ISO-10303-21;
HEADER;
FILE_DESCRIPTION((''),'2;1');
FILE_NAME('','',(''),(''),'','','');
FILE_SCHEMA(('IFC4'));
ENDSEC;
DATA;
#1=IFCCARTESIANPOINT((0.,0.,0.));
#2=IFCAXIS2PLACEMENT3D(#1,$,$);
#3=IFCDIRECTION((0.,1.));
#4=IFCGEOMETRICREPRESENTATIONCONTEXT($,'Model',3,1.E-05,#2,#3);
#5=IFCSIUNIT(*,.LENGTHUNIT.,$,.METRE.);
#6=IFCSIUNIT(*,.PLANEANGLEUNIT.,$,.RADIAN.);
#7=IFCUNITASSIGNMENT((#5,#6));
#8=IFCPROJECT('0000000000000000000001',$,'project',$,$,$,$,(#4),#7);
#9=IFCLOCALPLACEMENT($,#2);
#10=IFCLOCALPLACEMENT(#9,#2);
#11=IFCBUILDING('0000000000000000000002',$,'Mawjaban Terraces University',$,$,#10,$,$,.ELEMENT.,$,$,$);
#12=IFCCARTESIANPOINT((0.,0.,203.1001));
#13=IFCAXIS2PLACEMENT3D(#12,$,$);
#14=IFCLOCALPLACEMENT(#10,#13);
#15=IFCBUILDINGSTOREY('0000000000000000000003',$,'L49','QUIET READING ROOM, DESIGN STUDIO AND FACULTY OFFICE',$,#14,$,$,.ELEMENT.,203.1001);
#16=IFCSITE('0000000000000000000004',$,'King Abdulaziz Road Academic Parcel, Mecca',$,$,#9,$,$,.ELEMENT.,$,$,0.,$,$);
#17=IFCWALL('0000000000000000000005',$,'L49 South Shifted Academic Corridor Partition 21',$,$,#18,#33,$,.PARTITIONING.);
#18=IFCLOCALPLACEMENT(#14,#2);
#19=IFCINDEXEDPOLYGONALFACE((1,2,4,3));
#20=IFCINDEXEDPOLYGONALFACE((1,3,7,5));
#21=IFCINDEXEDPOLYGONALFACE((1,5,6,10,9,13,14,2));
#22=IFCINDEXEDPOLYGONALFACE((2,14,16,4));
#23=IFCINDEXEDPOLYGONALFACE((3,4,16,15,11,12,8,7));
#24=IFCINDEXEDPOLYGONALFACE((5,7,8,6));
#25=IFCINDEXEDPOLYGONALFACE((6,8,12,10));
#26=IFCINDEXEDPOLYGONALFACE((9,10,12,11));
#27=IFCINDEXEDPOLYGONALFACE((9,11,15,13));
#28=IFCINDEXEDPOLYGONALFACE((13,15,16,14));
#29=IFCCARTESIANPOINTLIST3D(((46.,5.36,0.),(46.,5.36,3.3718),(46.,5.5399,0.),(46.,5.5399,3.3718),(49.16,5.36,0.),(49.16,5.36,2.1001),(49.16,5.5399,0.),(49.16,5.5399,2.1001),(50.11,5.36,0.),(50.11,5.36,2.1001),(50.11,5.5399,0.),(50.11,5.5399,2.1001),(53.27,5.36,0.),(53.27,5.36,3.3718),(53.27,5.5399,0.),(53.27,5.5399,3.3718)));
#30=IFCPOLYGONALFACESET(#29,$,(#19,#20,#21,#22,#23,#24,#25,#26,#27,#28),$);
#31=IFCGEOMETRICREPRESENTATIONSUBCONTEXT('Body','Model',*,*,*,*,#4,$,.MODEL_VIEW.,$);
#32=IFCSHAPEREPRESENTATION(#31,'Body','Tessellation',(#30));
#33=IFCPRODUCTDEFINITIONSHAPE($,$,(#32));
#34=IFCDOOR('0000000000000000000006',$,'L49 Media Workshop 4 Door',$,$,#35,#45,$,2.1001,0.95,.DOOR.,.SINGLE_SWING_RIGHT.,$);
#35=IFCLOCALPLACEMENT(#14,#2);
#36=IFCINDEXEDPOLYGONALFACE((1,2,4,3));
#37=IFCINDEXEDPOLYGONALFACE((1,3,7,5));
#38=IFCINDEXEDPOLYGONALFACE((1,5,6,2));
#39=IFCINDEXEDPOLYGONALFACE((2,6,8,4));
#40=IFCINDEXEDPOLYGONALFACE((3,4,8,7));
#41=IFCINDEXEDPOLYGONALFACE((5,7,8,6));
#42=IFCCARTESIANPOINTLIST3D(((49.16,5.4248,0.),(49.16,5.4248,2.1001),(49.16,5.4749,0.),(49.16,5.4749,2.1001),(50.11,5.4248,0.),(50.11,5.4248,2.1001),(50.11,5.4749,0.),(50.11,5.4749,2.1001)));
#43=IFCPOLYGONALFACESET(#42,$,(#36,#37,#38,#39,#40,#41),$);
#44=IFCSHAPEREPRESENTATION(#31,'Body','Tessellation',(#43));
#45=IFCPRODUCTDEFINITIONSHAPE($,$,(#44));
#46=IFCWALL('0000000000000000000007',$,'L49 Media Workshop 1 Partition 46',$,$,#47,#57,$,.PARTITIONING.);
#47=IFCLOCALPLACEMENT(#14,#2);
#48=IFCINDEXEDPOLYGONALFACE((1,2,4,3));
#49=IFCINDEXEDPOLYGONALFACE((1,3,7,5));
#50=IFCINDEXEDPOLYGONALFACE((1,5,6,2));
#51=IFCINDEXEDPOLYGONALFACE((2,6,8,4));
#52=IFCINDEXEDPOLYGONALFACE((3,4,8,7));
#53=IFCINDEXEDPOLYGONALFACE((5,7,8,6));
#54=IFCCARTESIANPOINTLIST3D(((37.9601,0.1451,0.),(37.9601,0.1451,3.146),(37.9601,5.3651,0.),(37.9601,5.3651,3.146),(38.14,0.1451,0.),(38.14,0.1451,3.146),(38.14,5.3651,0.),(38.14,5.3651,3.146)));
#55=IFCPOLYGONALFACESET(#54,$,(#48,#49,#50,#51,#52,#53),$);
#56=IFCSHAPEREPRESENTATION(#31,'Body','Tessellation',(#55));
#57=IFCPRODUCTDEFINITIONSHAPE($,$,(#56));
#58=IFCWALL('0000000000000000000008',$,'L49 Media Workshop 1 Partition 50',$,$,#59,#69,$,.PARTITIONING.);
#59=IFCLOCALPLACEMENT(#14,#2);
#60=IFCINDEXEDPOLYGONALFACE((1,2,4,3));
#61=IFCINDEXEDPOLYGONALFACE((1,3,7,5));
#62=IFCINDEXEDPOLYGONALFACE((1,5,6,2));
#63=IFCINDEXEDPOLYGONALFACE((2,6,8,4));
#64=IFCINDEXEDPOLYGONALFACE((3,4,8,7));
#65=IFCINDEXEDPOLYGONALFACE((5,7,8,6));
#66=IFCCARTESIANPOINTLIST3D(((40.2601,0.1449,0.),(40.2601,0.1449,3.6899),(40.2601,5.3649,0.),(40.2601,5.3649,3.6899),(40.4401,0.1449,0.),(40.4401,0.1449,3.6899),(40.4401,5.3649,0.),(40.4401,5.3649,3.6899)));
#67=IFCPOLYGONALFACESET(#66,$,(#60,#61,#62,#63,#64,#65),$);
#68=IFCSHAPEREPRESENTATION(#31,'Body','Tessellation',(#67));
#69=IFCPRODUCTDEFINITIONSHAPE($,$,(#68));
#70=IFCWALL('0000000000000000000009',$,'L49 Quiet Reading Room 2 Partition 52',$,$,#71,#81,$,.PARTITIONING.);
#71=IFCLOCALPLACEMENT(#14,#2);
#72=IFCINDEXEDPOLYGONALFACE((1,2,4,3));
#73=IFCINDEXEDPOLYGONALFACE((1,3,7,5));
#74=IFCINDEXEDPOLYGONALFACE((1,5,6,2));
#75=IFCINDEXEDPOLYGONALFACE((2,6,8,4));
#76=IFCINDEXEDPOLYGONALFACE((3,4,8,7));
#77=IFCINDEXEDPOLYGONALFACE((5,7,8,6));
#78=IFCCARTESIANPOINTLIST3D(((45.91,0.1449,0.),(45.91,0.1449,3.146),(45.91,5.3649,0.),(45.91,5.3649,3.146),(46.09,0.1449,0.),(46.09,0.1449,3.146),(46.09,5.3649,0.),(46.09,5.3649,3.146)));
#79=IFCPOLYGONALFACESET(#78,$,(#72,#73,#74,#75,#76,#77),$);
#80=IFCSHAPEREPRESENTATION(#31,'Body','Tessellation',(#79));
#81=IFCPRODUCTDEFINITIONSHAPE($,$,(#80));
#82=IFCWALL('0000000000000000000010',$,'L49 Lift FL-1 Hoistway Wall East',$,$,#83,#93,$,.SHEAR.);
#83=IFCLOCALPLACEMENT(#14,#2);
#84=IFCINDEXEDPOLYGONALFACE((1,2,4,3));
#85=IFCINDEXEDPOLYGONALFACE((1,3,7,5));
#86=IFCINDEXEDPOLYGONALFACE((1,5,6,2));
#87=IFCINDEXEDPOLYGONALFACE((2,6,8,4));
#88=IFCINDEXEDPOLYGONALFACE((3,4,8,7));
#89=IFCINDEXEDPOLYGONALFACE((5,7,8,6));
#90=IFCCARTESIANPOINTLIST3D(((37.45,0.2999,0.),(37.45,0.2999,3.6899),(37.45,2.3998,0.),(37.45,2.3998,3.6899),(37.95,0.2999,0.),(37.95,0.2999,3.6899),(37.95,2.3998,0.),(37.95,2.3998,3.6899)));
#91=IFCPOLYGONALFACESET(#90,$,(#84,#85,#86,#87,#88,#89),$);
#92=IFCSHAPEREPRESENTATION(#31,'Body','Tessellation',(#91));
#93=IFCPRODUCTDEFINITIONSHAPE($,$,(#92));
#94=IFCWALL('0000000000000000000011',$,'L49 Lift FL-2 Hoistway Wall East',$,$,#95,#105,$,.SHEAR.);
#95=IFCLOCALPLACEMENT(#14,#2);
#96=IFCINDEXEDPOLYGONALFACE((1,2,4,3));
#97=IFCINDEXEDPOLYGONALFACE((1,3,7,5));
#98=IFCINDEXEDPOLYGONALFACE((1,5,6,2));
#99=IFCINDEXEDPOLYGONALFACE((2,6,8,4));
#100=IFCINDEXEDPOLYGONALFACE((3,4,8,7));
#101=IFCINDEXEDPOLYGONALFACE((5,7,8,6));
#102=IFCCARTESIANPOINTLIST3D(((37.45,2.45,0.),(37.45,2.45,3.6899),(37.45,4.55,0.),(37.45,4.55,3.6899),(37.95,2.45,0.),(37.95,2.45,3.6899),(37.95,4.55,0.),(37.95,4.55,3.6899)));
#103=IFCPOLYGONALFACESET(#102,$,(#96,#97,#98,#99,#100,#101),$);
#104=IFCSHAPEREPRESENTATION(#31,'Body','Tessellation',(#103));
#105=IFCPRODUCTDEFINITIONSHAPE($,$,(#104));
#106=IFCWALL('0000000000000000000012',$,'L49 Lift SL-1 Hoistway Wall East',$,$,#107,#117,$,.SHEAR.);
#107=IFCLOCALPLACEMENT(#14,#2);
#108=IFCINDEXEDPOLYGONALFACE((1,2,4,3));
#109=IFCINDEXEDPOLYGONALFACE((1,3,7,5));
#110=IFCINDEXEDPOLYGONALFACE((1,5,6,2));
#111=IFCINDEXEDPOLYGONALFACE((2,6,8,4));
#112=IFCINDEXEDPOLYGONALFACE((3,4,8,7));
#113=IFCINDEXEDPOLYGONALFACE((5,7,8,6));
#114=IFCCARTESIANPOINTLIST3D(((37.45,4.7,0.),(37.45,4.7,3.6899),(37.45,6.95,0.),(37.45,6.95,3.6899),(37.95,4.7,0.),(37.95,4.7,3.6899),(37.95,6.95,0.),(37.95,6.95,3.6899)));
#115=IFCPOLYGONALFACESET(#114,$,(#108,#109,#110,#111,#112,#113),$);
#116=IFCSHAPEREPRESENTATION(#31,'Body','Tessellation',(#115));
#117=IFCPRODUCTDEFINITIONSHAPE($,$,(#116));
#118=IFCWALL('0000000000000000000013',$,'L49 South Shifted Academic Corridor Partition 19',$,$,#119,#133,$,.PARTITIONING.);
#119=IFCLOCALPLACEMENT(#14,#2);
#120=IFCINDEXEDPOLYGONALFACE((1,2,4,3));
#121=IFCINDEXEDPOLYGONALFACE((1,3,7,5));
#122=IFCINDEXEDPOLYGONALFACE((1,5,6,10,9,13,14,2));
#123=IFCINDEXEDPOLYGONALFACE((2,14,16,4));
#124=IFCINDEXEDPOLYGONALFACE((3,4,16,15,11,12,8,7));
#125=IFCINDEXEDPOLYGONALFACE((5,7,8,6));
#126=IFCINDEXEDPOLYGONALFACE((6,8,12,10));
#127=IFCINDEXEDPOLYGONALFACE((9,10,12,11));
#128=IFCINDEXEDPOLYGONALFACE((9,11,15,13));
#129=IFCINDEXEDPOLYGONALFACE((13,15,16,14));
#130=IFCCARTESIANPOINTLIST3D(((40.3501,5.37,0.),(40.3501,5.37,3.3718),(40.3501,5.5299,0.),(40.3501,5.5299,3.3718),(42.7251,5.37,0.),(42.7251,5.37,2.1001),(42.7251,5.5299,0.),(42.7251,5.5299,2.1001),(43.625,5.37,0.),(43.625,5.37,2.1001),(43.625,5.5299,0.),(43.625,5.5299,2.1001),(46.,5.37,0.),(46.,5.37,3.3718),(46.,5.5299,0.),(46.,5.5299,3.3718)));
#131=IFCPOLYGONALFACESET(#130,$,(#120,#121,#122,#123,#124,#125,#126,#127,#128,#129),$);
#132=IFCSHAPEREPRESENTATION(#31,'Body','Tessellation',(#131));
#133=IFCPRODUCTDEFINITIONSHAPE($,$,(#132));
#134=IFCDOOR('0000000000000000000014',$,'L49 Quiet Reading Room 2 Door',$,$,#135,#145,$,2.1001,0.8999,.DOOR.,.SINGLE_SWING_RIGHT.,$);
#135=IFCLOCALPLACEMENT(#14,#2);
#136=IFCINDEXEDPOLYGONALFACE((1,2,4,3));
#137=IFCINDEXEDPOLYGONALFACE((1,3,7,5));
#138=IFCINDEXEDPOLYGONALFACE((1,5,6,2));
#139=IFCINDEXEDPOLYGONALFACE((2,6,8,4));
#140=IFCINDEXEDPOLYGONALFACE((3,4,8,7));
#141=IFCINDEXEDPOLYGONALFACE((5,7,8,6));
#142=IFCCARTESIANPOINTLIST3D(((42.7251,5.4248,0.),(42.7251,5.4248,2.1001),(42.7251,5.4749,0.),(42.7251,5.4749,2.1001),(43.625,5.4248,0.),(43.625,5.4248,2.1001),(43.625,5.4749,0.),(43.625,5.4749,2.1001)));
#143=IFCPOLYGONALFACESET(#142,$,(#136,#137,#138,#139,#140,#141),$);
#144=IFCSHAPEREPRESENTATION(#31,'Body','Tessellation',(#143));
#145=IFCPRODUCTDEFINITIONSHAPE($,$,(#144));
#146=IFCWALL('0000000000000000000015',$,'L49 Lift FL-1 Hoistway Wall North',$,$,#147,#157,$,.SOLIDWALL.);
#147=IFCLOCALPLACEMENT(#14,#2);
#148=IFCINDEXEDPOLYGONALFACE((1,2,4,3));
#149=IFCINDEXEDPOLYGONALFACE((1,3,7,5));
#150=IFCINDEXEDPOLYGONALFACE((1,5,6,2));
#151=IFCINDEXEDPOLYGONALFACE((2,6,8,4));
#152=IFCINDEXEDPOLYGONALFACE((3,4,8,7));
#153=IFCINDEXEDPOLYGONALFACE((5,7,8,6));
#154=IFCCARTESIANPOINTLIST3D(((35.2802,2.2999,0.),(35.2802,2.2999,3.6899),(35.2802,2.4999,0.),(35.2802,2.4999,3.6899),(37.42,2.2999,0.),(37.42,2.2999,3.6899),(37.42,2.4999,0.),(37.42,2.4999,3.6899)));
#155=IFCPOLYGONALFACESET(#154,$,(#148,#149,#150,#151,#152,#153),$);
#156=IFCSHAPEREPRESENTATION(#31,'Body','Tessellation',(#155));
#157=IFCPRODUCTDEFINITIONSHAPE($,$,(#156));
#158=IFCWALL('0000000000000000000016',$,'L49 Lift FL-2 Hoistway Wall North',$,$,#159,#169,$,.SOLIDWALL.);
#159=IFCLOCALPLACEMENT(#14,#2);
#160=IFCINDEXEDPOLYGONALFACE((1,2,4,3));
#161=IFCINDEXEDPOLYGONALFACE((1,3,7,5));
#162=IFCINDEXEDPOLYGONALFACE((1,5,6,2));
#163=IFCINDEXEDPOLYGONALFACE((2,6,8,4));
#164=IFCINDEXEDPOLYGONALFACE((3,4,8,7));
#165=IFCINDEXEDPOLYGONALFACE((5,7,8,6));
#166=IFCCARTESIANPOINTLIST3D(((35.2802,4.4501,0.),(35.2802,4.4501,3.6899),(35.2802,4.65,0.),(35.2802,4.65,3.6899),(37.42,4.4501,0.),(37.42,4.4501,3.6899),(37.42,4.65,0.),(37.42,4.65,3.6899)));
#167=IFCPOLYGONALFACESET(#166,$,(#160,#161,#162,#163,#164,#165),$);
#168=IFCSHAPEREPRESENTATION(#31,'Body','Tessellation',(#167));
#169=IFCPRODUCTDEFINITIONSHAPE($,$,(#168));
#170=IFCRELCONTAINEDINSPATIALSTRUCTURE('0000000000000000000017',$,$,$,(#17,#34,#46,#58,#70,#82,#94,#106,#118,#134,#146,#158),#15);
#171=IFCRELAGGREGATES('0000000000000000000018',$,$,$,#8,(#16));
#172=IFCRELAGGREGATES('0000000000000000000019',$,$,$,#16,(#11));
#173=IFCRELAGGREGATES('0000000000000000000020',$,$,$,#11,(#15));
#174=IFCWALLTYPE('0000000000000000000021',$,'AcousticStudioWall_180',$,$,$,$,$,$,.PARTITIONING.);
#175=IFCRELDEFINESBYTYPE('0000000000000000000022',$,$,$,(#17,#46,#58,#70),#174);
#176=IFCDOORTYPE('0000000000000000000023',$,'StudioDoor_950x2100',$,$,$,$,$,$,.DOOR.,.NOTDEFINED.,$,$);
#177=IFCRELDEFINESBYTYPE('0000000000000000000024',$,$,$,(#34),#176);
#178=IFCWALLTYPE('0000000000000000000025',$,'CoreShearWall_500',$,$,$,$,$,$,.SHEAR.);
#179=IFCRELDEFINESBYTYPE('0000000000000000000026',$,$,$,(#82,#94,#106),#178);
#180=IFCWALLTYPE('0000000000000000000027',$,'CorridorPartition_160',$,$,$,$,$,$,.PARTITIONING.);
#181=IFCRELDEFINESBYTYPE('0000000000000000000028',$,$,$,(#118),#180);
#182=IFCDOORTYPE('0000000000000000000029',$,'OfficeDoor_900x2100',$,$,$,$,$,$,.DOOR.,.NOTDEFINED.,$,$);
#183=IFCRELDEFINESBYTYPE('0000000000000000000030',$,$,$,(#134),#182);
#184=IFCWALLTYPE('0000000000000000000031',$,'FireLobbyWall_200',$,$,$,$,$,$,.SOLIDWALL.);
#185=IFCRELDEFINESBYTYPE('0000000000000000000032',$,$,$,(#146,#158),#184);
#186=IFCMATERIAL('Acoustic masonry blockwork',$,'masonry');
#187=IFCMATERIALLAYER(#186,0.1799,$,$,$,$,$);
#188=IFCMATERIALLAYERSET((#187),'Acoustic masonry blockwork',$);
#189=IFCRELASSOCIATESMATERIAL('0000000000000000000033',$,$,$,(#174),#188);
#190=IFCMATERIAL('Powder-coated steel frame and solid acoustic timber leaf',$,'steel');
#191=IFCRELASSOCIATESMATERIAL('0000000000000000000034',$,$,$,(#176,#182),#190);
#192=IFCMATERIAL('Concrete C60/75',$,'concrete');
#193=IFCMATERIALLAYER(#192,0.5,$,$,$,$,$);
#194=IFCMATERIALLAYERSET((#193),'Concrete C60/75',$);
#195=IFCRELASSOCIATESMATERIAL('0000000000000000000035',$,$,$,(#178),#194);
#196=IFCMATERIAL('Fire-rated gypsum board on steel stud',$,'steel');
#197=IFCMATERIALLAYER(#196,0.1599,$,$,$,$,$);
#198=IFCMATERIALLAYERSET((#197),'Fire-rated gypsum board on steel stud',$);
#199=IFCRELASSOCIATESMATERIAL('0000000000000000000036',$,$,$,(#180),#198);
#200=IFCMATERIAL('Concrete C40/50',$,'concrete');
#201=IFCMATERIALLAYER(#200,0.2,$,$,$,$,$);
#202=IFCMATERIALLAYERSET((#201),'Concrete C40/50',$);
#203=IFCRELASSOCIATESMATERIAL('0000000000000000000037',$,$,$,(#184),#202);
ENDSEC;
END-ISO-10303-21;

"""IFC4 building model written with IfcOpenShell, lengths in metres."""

from ifc_helpers import new_model, si_unit, direction, frame, frame_2d, origin, place, context, subcontext, project, spatial, rectangle, extrude, material, layer, layer_set, type_object, element, fill, save


model = new_model("IFC4")

# Units and contexts
model_context = context("Model", 3, precision=1e-05, world=origin(), true_north=direction((0.0, 1.0)))
body_context = subcontext(model_context, "Body", "Model", "MODEL_VIEW")
ifc_project = project(units=[si_unit("LENGTHUNIT", "METRE"), si_unit("PLANEANGLEUNIT", "RADIAN")], contexts=[model_context])

# Site, building, storey
site_placement = place(None, origin())
site = spatial("IfcSite", under=ifc_project, at=site_placement, Name="King Abdulaziz Road Academic Parcel, Mecca", CompositionType="ELEMENT", RefElevation=0.0)
building_placement = place(site_placement, origin())
building = spatial("IfcBuilding", under=site, at=building_placement, Name="Mawjaban Terraces University", CompositionType="ELEMENT")
storey_placement = place(building_placement, frame((0.0, 0.0, 203.1001)))
storey = spatial("IfcBuildingStorey", under=building, at=storey_placement, Name="L49", Description="QUIET READING ROOM, DESIGN STUDIO AND FACULTY OFFICE", CompositionType="ELEMENT", Elevation=203.1001)

# Shared definitions
ifc_material_1 = material(Name="Concrete C60/75", Category="concrete")

# Wall, opening, door
ifc_material_2 = material(Name="Acoustic masonry blockwork", Category="masonry")
ifc_layer_1 = layer(ifc_material_2, 0.1799)
ifc_layer_set_1 = layer_set([ifc_layer_1], Name="Acoustic masonry blockwork")
wall_type_1 = type_object("IfcWallType", Name="AcousticStudioWall_180", PredefinedType="PARTITIONING", material=ifc_layer_set_1)
ifc_material_3 = material(Name="Powder-coated steel frame and solid acoustic timber leaf", Category="steel")
door_type_1 = type_object("IfcDoorType", Name="StudioDoor_950x2100", OperationType="NOTDEFINED", PredefinedType="DOOR", material=ifc_material_3)
wall_1_placement = place(storey_placement, frame((46.0, 5.45, 0.0), z_axis=(0.0, 0.0, 1.0), x_axis=(1.0, 0.0, 0.0)))
wall_1 = element("IfcWall", 1, at=wall_1_placement, inside=storey, type_object=wall_type_1, Name="L49 South Shifted Academic Corridor Partition 21", PredefinedType="PARTITIONING", context=body_context, shape_type="SweptSolid", body=[
    extrude(rectangle(XDim=7.27, YDim=0.1799, at=frame_2d((3.635, 0.0))), origin(), (0.0, 0.0, 1.0), 3.3718),
])
opening_1_placement = place(wall_1_placement, frame((3.1599, 0.0, 0.0)))
opening_1 = element("IfcOpeningElement", 2, at=opening_1_placement, cuts=wall_1, PredefinedType="OPENING", context=body_context, shape_type="SweptSolid", body=[
    extrude(rectangle(XDim=0.95, YDim=2.1001, at=frame_2d((0.4751, 1.05))), frame((0.0, 0.0999, 0.0), z_axis=(0.0, -1.0, 0.0), x_axis=(1.0, 0.0, 0.0)), (0.0, 0.0, 1.0), 0.2),
])
door_1_placement = place(opening_1_placement, origin())
door_1 = element("IfcDoor", 3, at=door_1_placement, inside=storey, type_object=door_type_1, Name="L49 Media Workshop 4 Door", OperationType="SINGLE_SWING_RIGHT", OverallHeight=2.1001, OverallWidth=0.95, PredefinedType="DOOR", context=body_context, shape_type="SweptSolid", body=[
    extrude(rectangle(XDim=0.95, YDim=2.1001, at=frame_2d((0.4751, 1.05))), frame((0.0, 0.0249, 0.0), z_axis=(0.0, -1.0, 0.0), x_axis=(1.0, 0.0, 0.0)), (0.0, 0.0, 1.0), 0.05),
])
fill(opening_1, door_1)

# Walls
wall_2_placement = place(storey_placement, frame((38.05, 5.365, 0.0), z_axis=(0.0, 0.0, 1.0), x_axis=(0.0, -1.0, 0.0)))
element("IfcWall", 4, at=wall_2_placement, inside=storey, type_object=wall_type_1, Name="L49 Media Workshop 1 Partition 46", PredefinedType="PARTITIONING", context=body_context, shape_type="SweptSolid", body=[
    extrude(rectangle(XDim=5.22, YDim=0.1799, at=frame_2d((2.6099, 0.0))), origin(), (0.0, 0.0, 1.0), 3.146),
])
wall_3_placement = place(storey_placement, frame((40.3501, 0.145, 0.0), z_axis=(0.0, 0.0, 1.0), x_axis=(0.0, 1.0, 0.0)))
element("IfcWall", 5, at=wall_3_placement, inside=storey, type_object=wall_type_1, Name="L49 Media Workshop 1 Partition 50", PredefinedType="PARTITIONING", context=body_context, shape_type="SweptSolid", body=[
    extrude(rectangle(XDim=5.22, YDim=0.1799, at=frame_2d((2.6099, 0.0))), origin(), (0.0, 0.0, 1.0), 3.6899),
])
wall_4_placement = place(storey_placement, frame((46.0, 0.145, 0.0), z_axis=(0.0, 0.0, 1.0), x_axis=(0.0, 1.0, 0.0)))
element("IfcWall", 6, at=wall_4_placement, inside=storey, type_object=wall_type_1, Name="L49 Quiet Reading Room 2 Partition 52", PredefinedType="PARTITIONING", context=body_context, shape_type="SweptSolid", body=[
    extrude(rectangle(XDim=5.22, YDim=0.1799, at=frame_2d((2.6099, 0.0))), origin(), (0.0, 0.0, 1.0), 3.146),
])
ifc_layer_2 = layer(ifc_material_1, 0.5)
ifc_layer_set_2 = layer_set([ifc_layer_2], Name="Concrete C60/75")
wall_type_2 = type_object("IfcWallType", Name="CoreShearWall_500", PredefinedType="SHEAR", material=ifc_layer_set_2)
wall_5_placement = place(storey_placement, frame((37.7, 0.3, 0.0), z_axis=(0.0, 0.0, 1.0), x_axis=(0.0, 1.0, 0.0)))
element("IfcWall", 7, at=wall_5_placement, inside=storey, type_object=wall_type_2, Name="L49 Lift FL-1 Hoistway Wall East", PredefinedType="SHEAR", context=body_context, shape_type="SweptSolid", body=[
    extrude(rectangle(XDim=2.0999, YDim=0.5, at=frame_2d((1.0498, 0.0))), origin(), (0.0, 0.0, 1.0), 3.6899),
])
wall_6_placement = place(storey_placement, frame((37.7, 2.45, 0.0), z_axis=(0.0, 0.0, 1.0), x_axis=(0.0, 1.0, 0.0)))
element("IfcWall", 8, at=wall_6_placement, inside=storey, type_object=wall_type_2, Name="L49 Lift FL-2 Hoistway Wall East", PredefinedType="SHEAR", context=body_context, shape_type="SweptSolid", body=[
    extrude(rectangle(XDim=2.1001, YDim=0.5, at=frame_2d((1.05, 0.0))), origin(), (0.0, 0.0, 1.0), 3.6899),
])
wall_7_placement = place(storey_placement, frame((37.7, 4.7, 0.0), z_axis=(0.0, 0.0, 1.0), x_axis=(0.0, 1.0, 0.0)))
element("IfcWall", 9, at=wall_7_placement, inside=storey, type_object=wall_type_2, Name="L49 Lift SL-1 Hoistway Wall East", PredefinedType="SHEAR", context=body_context, shape_type="SweptSolid", body=[
    extrude(rectangle(XDim=2.25, YDim=0.5, at=frame_2d((1.125, 0.0))), origin(), (0.0, 0.0, 1.0), 3.6899),
])

# Wall, opening, door
ifc_material_4 = material(Name="Fire-rated gypsum board on steel stud", Category="steel")
ifc_layer_3 = layer(ifc_material_4, 0.1599)
ifc_layer_set_3 = layer_set([ifc_layer_3], Name="Fire-rated gypsum board on steel stud")
wall_type_3 = type_object("IfcWallType", Name="CorridorPartition_160", PredefinedType="PARTITIONING", material=ifc_layer_set_3)
wall_8_placement = place(storey_placement, frame((40.3501, 5.45, 0.0), z_axis=(0.0, 0.0, 1.0), x_axis=(1.0, 0.0, 0.0)))
wall_8 = element("IfcWall", 10, at=wall_8_placement, inside=storey, type_object=wall_type_3, Name="L49 South Shifted Academic Corridor Partition 19", PredefinedType="PARTITIONING", context=body_context, shape_type="SweptSolid", body=[
    extrude(rectangle(XDim=5.6499, YDim=0.1599, at=frame_2d((2.825, 0.0))), origin(), (0.0, 0.0, 1.0), 3.3718),
])
opening_2_placement = place(wall_8_placement, frame((2.375, 0.0, 0.0)))
opening_2 = element("IfcOpeningElement", 11, at=opening_2_placement, cuts=wall_8, PredefinedType="OPENING", context=body_context, shape_type="SweptSolid", body=[
    extrude(rectangle(XDim=0.8999, YDim=2.1001, at=frame_2d((0.45, 1.05))), frame((0.0, 0.0898, 0.0), z_axis=(0.0, -1.0, 0.0), x_axis=(1.0, 0.0, 0.0)), (0.0, 0.0, 1.0), 0.1799),
])
door_type_2 = type_object("IfcDoorType", Name="OfficeDoor_900x2100", OperationType="NOTDEFINED", PredefinedType="DOOR", material=ifc_material_3)
door_2_placement = place(opening_2_placement, origin())
door_2 = element("IfcDoor", 12, at=door_2_placement, inside=storey, type_object=door_type_2, Name="L49 Quiet Reading Room 2 Door", OperationType="SINGLE_SWING_RIGHT", OverallHeight=2.1001, OverallWidth=0.8999, PredefinedType="DOOR", context=body_context, shape_type="SweptSolid", body=[
    extrude(rectangle(XDim=0.8999, YDim=2.1001, at=frame_2d((0.45, 1.05))), frame((0.0, 0.0249, 0.0), z_axis=(0.0, -1.0, 0.0), x_axis=(1.0, 0.0, 0.0)), (0.0, 0.0, 1.0), 0.05),
])
fill(opening_2, door_2)

# Walls
ifc_material_5 = material(Name="Concrete C40/50", Category="concrete")
ifc_layer_4 = layer(ifc_material_5, 0.2)
ifc_layer_set_4 = layer_set([ifc_layer_4], Name="Concrete C40/50")
wall_type_4 = type_object("IfcWallType", Name="FireLobbyWall_200", PredefinedType="SOLIDWALL", material=ifc_layer_set_4)
for number, where, z_axis, x_axis, name in (
    (13, (37.4199, 2.3999, 0.0), (0.0, 0.0, 1.0), (-1.0, 0.0, 0.0), "L49 Lift FL-1 Hoistway Wall North"),
    (14, (37.4199, 4.55, 0.0), (0.0, 0.0, 1.0), (-1.0, 0.0, 0.0), "L49 Lift FL-2 Hoistway Wall North"),
):
    element("IfcWall", number, at=place(storey_placement, frame(where, z_axis=z_axis, x_axis=x_axis)), inside=storey, type_object=wall_type_4, Name=name, PredefinedType="SOLIDWALL", context=body_context, shape_type="SweptSolid", body=[
        extrude(rectangle(XDim=2.1399, YDim=0.2, at=frame_2d((1.0698, 0.0))), origin(), (0.0, 0.0, 1.0), 3.6899),
    ])

save(model, "model.ifc")
